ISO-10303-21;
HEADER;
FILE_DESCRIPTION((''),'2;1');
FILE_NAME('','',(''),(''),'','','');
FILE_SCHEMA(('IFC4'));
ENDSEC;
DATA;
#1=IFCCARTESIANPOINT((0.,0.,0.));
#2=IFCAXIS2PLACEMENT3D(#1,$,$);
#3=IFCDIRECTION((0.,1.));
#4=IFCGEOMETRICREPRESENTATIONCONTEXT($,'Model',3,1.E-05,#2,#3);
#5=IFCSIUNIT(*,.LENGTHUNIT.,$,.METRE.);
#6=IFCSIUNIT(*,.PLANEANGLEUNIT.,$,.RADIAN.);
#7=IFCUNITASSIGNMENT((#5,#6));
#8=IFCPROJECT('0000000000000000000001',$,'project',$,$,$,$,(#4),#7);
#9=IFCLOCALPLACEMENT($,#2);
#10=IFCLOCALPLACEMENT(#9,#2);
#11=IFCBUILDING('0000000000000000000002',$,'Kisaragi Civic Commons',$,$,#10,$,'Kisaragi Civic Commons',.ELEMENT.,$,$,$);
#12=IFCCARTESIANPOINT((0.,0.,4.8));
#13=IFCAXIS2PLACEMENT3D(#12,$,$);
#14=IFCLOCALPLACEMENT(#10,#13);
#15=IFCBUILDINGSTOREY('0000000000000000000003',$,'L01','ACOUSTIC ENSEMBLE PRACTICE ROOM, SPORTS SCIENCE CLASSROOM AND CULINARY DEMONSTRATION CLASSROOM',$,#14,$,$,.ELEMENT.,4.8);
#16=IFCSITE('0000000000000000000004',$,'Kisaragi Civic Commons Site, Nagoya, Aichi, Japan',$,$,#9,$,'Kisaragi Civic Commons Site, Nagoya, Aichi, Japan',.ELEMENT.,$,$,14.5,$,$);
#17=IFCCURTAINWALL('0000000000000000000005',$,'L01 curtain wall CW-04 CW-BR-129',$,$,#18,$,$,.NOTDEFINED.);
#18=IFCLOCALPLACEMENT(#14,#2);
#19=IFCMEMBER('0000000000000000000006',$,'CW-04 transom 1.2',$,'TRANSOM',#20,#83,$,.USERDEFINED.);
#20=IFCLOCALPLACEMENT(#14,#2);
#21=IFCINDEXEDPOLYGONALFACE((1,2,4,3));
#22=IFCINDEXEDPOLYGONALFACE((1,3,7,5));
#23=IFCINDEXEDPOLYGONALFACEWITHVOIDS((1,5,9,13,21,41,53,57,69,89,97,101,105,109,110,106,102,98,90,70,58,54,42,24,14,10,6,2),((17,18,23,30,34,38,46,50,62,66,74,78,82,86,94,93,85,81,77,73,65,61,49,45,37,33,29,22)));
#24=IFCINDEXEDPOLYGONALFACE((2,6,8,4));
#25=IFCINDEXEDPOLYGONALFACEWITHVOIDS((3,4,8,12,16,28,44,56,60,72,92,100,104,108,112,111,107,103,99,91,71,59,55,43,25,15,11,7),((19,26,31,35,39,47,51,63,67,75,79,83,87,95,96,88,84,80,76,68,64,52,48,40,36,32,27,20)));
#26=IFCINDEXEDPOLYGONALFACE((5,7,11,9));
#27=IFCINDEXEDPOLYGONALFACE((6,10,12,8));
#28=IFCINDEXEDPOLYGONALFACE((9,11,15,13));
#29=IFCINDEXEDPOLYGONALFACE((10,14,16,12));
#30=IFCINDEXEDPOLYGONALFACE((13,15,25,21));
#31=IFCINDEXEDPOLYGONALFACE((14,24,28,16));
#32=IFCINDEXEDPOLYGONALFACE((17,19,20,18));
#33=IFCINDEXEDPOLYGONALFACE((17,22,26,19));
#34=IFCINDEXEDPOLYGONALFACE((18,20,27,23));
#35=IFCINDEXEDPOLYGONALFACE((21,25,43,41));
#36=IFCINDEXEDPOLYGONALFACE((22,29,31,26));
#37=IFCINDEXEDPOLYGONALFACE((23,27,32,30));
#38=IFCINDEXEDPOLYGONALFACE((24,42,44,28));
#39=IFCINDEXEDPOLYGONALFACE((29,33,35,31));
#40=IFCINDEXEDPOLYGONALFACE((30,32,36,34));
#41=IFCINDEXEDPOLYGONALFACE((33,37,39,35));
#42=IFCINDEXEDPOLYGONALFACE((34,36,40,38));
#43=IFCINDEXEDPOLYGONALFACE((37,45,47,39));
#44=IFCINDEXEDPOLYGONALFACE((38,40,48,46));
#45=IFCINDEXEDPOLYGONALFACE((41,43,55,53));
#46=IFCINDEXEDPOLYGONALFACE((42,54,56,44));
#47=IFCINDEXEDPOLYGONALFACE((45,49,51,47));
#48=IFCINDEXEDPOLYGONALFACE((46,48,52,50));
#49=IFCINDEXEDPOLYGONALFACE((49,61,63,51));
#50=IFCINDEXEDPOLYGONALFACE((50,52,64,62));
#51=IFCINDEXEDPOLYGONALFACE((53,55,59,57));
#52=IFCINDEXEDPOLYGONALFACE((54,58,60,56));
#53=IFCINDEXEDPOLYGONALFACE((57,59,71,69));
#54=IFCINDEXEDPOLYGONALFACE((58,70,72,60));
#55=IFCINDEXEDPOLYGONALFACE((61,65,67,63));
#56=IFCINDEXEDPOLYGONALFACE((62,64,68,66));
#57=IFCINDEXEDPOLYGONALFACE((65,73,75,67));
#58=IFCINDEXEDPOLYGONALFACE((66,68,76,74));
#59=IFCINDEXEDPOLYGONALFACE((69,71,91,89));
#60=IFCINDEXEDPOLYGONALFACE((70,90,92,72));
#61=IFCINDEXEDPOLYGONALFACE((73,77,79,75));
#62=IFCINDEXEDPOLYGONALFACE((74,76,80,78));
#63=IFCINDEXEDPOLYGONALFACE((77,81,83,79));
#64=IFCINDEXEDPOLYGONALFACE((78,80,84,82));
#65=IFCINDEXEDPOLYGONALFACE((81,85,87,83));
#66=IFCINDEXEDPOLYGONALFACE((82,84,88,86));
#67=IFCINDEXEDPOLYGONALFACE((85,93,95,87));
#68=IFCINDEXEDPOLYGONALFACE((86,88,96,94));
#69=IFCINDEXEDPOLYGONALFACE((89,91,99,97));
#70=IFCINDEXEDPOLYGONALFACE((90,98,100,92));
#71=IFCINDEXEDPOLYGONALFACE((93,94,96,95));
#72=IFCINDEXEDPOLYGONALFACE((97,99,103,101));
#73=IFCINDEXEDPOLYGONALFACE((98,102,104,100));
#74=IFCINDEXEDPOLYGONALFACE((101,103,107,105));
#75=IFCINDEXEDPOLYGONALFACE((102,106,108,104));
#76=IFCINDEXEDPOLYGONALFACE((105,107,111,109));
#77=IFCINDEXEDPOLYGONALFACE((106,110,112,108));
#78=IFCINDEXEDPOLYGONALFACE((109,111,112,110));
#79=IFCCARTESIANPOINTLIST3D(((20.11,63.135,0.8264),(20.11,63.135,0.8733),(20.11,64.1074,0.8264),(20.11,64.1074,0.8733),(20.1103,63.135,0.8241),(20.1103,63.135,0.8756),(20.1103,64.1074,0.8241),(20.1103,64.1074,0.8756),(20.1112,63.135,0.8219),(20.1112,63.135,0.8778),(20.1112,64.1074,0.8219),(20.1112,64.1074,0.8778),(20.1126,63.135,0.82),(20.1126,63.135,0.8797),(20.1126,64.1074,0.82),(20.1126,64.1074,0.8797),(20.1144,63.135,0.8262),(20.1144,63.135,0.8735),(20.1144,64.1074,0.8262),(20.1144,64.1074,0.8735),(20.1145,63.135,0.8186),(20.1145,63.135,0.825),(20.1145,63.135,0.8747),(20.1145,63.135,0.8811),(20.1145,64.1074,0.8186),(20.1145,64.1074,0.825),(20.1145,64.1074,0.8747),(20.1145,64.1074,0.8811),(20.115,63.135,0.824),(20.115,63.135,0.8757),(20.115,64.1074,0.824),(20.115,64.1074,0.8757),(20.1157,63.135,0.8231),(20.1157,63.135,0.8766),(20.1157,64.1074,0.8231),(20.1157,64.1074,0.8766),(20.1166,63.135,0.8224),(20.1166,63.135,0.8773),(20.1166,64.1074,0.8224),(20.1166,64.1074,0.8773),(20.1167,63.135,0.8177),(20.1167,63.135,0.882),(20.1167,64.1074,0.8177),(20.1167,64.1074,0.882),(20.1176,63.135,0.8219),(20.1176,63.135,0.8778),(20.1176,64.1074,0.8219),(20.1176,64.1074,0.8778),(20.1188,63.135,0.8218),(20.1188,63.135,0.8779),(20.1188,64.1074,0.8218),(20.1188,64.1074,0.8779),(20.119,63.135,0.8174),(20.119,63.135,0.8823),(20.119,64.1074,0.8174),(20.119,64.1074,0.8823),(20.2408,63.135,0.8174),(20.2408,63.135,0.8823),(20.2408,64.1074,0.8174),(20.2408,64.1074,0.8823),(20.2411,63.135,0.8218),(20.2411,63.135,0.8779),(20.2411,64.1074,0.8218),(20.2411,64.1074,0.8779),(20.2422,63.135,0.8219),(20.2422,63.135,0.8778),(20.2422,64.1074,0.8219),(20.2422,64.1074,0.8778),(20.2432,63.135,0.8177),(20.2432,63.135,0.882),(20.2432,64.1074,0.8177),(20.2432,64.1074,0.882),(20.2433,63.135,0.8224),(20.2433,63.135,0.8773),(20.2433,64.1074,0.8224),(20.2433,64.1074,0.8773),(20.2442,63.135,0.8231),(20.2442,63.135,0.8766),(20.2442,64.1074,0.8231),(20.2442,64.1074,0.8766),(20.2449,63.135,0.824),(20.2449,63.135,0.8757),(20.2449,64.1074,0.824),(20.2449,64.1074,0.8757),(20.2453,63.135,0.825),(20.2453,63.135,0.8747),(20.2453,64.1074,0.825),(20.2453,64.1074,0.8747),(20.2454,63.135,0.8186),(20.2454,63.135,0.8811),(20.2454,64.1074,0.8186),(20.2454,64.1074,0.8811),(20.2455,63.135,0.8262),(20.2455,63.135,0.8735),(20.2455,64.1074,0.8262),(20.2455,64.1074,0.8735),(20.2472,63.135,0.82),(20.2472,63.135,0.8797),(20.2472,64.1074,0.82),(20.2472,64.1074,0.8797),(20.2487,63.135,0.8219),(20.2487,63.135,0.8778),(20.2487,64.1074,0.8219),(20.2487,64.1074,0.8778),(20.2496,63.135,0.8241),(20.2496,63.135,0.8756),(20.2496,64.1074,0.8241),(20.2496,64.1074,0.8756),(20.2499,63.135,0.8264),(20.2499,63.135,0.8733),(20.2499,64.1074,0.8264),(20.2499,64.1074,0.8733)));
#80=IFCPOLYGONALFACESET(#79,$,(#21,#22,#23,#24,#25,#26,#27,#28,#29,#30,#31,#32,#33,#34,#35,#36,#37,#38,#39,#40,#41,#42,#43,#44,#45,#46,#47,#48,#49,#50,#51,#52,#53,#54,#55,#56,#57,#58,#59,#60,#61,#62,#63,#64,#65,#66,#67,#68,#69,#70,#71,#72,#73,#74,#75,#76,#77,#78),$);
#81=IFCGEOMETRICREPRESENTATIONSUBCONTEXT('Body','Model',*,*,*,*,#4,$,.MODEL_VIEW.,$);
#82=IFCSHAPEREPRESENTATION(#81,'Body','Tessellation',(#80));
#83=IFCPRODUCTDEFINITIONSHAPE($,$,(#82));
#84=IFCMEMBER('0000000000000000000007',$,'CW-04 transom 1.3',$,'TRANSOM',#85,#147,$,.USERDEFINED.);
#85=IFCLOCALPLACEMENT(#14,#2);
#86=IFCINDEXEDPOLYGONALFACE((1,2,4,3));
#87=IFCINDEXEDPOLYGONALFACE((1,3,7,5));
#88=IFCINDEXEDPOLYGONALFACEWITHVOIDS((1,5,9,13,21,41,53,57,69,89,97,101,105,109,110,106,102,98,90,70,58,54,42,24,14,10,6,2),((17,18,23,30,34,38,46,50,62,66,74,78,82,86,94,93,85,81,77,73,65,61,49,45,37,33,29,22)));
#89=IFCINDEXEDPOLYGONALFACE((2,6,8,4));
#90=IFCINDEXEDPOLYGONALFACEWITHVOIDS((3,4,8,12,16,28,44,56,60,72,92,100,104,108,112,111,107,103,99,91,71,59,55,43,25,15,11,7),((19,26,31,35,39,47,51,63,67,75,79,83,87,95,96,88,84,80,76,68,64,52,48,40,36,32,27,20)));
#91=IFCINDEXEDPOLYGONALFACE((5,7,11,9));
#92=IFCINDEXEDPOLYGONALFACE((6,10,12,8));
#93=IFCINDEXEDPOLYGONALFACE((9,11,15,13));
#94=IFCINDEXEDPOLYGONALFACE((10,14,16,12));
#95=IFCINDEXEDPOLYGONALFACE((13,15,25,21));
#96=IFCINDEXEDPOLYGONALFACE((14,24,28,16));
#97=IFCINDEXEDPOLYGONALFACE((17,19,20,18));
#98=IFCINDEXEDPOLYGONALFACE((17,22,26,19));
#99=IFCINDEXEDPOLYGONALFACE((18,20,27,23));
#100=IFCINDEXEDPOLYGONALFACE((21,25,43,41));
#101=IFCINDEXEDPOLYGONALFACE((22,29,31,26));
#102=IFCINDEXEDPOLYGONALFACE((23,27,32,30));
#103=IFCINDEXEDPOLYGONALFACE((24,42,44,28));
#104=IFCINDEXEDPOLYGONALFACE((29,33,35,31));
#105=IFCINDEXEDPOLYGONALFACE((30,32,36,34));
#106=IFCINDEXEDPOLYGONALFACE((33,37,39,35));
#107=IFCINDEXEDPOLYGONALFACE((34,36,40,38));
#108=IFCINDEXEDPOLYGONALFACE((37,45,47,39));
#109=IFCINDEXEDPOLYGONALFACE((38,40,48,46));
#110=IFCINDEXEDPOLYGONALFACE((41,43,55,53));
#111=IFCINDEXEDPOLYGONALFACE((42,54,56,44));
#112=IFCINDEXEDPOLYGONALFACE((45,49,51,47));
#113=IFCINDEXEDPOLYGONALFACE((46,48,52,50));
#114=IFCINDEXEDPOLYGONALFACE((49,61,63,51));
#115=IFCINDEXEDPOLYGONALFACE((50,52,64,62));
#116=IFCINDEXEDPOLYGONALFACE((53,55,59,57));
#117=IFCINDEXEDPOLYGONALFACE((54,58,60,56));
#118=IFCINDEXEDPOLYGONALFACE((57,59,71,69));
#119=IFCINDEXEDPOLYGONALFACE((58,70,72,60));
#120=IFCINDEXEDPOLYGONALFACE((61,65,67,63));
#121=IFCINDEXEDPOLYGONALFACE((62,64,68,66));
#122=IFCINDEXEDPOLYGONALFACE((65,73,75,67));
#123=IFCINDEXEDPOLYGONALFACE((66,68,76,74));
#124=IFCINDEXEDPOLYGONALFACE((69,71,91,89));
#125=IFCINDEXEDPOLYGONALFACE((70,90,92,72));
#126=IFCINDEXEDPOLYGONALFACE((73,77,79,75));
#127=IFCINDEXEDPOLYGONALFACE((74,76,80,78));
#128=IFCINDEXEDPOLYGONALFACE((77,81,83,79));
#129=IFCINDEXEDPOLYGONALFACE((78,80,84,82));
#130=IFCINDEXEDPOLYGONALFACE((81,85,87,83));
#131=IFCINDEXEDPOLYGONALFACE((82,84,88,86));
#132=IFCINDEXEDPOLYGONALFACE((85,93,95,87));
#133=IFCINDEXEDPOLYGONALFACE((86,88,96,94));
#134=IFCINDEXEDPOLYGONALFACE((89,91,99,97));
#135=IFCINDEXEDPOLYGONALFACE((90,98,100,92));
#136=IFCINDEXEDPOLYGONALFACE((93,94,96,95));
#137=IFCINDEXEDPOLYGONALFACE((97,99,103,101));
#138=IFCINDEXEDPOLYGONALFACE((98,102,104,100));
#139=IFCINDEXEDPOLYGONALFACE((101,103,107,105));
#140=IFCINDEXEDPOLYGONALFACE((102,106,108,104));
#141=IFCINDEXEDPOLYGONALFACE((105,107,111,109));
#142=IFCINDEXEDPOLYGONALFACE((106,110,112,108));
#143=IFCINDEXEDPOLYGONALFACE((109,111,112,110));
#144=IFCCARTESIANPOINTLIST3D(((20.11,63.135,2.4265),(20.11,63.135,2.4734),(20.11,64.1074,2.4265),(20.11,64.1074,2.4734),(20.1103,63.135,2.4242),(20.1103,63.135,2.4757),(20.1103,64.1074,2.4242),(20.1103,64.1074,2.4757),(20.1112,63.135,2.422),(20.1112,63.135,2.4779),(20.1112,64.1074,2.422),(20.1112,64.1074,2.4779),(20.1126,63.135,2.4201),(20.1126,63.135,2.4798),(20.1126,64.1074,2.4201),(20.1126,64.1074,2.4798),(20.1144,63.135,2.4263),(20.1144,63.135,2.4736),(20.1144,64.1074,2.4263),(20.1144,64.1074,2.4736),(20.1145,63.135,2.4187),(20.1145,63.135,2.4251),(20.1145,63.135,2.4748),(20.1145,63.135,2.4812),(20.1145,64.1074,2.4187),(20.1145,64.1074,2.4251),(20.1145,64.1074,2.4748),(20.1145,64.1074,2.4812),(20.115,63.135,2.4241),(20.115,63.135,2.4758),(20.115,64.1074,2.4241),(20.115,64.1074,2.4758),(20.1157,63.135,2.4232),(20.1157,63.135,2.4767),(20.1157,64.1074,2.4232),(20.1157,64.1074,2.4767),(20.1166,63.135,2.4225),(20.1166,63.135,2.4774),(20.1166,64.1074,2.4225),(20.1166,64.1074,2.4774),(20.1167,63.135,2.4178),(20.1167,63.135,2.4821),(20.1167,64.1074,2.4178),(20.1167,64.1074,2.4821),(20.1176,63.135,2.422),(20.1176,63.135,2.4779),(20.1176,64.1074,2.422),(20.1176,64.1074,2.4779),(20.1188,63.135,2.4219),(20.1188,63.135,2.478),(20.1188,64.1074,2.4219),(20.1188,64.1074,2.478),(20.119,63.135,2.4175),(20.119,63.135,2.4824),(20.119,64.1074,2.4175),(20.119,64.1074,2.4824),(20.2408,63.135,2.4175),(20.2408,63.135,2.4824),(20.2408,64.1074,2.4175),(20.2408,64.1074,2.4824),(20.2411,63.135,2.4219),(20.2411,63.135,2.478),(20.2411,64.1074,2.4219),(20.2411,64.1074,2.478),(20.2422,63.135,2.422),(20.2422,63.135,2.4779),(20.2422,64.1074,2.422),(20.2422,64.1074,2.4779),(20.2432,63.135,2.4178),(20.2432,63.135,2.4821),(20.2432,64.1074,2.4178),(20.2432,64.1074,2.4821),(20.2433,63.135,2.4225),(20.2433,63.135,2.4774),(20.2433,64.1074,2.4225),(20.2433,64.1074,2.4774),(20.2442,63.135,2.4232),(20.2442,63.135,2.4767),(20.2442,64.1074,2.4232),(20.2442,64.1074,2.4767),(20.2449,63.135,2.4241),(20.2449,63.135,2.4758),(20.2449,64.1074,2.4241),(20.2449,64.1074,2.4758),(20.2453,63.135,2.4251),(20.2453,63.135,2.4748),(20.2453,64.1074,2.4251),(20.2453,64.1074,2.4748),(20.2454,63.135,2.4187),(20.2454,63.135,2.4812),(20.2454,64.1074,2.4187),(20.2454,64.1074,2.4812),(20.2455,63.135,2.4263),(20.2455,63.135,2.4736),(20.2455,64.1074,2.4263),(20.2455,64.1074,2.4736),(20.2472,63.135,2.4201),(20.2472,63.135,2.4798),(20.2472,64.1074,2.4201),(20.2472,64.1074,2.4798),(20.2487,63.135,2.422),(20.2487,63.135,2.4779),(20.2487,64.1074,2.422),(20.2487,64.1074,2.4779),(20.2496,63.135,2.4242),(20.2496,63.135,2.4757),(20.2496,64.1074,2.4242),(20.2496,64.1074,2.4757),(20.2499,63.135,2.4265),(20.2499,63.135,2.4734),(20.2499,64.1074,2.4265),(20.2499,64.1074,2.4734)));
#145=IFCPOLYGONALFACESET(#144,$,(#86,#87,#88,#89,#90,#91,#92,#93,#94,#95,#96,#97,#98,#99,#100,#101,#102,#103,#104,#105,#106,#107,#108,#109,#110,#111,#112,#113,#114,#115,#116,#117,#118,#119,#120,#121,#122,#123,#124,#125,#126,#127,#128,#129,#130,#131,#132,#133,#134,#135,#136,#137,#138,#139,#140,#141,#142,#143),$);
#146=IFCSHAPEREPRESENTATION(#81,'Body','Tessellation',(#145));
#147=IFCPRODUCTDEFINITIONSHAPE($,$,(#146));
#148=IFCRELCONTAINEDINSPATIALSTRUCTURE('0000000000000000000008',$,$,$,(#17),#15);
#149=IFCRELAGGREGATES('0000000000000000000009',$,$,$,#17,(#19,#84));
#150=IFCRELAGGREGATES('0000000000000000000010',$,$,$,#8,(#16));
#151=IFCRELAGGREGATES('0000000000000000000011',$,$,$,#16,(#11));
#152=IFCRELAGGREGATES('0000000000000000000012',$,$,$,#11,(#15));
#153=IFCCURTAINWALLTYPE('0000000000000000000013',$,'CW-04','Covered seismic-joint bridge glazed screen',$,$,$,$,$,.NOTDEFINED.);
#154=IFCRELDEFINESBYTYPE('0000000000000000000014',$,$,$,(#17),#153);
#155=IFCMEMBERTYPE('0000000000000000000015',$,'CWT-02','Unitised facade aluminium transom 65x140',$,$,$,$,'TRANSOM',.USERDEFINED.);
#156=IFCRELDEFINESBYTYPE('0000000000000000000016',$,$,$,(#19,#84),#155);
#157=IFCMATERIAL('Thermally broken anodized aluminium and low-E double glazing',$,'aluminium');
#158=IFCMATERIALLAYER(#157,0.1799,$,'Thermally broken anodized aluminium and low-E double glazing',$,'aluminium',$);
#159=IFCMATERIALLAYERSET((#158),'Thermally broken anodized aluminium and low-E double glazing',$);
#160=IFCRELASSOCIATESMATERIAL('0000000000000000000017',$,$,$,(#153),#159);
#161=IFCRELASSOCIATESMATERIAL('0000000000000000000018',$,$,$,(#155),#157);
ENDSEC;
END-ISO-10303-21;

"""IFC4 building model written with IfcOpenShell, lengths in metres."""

from ifc_helpers import new_model, si_unit, direction, frame, origin, origin_2d, place, context, subcontext, project, spatial, hollow_rectangle, extrude, material, layer, layer_set, material_profile, profile_set, type_object, element, aggregate, save


model = new_model("IFC4")

# Units and contexts
model_context = context("Model", 3, precision=1e-05, world=origin(), true_north=direction((0.0, 1.0)))
body_context = subcontext(model_context, "Body", "Model", "MODEL_VIEW")
ifc_project = project(units=[si_unit("LENGTHUNIT", "METRE"), si_unit("PLANEANGLEUNIT", "RADIAN")], contexts=[model_context])

# Site, building, storey
site_placement = place(None, origin())
site = spatial("IfcSite", under=ifc_project, at=site_placement, Name="Kisaragi Civic Commons Site, Nagoya, Aichi, Japan", LongName="Kisaragi Civic Commons Site, Nagoya, Aichi, Japan", CompositionType="ELEMENT", RefElevation=14.5)
building_placement = place(site_placement, origin())
building = spatial("IfcBuilding", under=site, at=building_placement, Name="Kisaragi Civic Commons", LongName="Kisaragi Civic Commons", CompositionType="ELEMENT")
storey_placement = place(building_placement, frame((0.0, 0.0, 4.8)))
storey = spatial("IfcBuildingStorey", under=building, at=storey_placement, Name="L01", Description="ACOUSTIC ENSEMBLE PRACTICE ROOM, SPORTS SCIENCE CLASSROOM AND CULINARY DEMONSTRATION CLASSROOM", CompositionType="ELEMENT", Elevation=4.8)

# Curtain wall, members
ifc_material_1 = material(Name="Thermally broken anodized aluminium and low-E double glazing", Category="aluminium")
ifc_layer_1 = layer(ifc_material_1, 0.1799, Name="Thermally broken anodized aluminium and low-E double glazing", Category="aluminium")
ifc_layer_set_1 = layer_set([ifc_layer_1], Name="Thermally broken anodized aluminium and low-E double glazing")
curtain_wall_type = type_object("IfcCurtainWallType", Name="CW-04", Description="Covered seismic-joint bridge glazed screen", PredefinedType="NOTDEFINED", material=ifc_layer_set_1)
curtain_wall_placement = place(storey_placement, origin())
curtain_wall = element("IfcCurtainWall", 1, at=curtain_wall_placement, inside=storey, type_object=curtain_wall_type, Name="L01 curtain wall CW-04 CW-BR-129", PredefinedType="NOTDEFINED")
ifc_material_profile_1 = material_profile(ifc_material_1, hollow_rectangle(XDim=0.1399, YDim=0.0649, WallThickness=0.0044, InnerFilletRadius=0.0044, OuterFilletRadius=0.009, at=origin_2d()), Name="CWT-65x140x4.5", Category="aluminium")
ifc_profile_set_1 = profile_set([ifc_material_profile_1], Name="Thermally broken anodized aluminium and low-E double glazing")
member_type_1 = type_object("IfcMemberType", Name="CWT-02", Description="Unitised facade aluminium transom 65x140", ElementType="TRANSOM", PredefinedType="USERDEFINED", material=ifc_profile_set_1)
member_1_placement = place(storey_placement, frame((20.1799, 63.135, 0.8499), z_axis=(0.0, 1.0, 0.0), x_axis=(-1.0, 0.0, 0.0)))
member_1 = element("IfcMember", 2, at=member_1_placement, type_object=member_type_1, Name="CW-04 transom 1.2", ObjectType="TRANSOM", PredefinedType="USERDEFINED", context=body_context, shape_type="SweptSolid", body=[
    extrude(hollow_rectangle(XDim=0.1399, YDim=0.0649, WallThickness=0.0044, InnerFilletRadius=0.0044, OuterFilletRadius=0.009, at=origin_2d()), origin(), (0.0, 0.0, 1.0), 0.9724),
])
member_2_placement = place(storey_placement, frame((20.1799, 63.135, 2.45), z_axis=(0.0, 1.0, 0.0), x_axis=(-1.0, 0.0, 0.0)))
member_2 = element("IfcMember", 3, at=member_2_placement, type_object=member_type_1, Name="CW-04 transom 1.3", ObjectType="TRANSOM", PredefinedType="USERDEFINED", context=body_context, shape_type="SweptSolid", body=[
    extrude(hollow_rectangle(XDim=0.1399, YDim=0.0649, WallThickness=0.0044, InnerFilletRadius=0.0044, OuterFilletRadius=0.009, at=origin_2d()), origin(), (0.0, 0.0, 1.0), 0.9724),
])

aggregate(curtain_wall, [member_1, member_2])

save(model, "model.ifc")
